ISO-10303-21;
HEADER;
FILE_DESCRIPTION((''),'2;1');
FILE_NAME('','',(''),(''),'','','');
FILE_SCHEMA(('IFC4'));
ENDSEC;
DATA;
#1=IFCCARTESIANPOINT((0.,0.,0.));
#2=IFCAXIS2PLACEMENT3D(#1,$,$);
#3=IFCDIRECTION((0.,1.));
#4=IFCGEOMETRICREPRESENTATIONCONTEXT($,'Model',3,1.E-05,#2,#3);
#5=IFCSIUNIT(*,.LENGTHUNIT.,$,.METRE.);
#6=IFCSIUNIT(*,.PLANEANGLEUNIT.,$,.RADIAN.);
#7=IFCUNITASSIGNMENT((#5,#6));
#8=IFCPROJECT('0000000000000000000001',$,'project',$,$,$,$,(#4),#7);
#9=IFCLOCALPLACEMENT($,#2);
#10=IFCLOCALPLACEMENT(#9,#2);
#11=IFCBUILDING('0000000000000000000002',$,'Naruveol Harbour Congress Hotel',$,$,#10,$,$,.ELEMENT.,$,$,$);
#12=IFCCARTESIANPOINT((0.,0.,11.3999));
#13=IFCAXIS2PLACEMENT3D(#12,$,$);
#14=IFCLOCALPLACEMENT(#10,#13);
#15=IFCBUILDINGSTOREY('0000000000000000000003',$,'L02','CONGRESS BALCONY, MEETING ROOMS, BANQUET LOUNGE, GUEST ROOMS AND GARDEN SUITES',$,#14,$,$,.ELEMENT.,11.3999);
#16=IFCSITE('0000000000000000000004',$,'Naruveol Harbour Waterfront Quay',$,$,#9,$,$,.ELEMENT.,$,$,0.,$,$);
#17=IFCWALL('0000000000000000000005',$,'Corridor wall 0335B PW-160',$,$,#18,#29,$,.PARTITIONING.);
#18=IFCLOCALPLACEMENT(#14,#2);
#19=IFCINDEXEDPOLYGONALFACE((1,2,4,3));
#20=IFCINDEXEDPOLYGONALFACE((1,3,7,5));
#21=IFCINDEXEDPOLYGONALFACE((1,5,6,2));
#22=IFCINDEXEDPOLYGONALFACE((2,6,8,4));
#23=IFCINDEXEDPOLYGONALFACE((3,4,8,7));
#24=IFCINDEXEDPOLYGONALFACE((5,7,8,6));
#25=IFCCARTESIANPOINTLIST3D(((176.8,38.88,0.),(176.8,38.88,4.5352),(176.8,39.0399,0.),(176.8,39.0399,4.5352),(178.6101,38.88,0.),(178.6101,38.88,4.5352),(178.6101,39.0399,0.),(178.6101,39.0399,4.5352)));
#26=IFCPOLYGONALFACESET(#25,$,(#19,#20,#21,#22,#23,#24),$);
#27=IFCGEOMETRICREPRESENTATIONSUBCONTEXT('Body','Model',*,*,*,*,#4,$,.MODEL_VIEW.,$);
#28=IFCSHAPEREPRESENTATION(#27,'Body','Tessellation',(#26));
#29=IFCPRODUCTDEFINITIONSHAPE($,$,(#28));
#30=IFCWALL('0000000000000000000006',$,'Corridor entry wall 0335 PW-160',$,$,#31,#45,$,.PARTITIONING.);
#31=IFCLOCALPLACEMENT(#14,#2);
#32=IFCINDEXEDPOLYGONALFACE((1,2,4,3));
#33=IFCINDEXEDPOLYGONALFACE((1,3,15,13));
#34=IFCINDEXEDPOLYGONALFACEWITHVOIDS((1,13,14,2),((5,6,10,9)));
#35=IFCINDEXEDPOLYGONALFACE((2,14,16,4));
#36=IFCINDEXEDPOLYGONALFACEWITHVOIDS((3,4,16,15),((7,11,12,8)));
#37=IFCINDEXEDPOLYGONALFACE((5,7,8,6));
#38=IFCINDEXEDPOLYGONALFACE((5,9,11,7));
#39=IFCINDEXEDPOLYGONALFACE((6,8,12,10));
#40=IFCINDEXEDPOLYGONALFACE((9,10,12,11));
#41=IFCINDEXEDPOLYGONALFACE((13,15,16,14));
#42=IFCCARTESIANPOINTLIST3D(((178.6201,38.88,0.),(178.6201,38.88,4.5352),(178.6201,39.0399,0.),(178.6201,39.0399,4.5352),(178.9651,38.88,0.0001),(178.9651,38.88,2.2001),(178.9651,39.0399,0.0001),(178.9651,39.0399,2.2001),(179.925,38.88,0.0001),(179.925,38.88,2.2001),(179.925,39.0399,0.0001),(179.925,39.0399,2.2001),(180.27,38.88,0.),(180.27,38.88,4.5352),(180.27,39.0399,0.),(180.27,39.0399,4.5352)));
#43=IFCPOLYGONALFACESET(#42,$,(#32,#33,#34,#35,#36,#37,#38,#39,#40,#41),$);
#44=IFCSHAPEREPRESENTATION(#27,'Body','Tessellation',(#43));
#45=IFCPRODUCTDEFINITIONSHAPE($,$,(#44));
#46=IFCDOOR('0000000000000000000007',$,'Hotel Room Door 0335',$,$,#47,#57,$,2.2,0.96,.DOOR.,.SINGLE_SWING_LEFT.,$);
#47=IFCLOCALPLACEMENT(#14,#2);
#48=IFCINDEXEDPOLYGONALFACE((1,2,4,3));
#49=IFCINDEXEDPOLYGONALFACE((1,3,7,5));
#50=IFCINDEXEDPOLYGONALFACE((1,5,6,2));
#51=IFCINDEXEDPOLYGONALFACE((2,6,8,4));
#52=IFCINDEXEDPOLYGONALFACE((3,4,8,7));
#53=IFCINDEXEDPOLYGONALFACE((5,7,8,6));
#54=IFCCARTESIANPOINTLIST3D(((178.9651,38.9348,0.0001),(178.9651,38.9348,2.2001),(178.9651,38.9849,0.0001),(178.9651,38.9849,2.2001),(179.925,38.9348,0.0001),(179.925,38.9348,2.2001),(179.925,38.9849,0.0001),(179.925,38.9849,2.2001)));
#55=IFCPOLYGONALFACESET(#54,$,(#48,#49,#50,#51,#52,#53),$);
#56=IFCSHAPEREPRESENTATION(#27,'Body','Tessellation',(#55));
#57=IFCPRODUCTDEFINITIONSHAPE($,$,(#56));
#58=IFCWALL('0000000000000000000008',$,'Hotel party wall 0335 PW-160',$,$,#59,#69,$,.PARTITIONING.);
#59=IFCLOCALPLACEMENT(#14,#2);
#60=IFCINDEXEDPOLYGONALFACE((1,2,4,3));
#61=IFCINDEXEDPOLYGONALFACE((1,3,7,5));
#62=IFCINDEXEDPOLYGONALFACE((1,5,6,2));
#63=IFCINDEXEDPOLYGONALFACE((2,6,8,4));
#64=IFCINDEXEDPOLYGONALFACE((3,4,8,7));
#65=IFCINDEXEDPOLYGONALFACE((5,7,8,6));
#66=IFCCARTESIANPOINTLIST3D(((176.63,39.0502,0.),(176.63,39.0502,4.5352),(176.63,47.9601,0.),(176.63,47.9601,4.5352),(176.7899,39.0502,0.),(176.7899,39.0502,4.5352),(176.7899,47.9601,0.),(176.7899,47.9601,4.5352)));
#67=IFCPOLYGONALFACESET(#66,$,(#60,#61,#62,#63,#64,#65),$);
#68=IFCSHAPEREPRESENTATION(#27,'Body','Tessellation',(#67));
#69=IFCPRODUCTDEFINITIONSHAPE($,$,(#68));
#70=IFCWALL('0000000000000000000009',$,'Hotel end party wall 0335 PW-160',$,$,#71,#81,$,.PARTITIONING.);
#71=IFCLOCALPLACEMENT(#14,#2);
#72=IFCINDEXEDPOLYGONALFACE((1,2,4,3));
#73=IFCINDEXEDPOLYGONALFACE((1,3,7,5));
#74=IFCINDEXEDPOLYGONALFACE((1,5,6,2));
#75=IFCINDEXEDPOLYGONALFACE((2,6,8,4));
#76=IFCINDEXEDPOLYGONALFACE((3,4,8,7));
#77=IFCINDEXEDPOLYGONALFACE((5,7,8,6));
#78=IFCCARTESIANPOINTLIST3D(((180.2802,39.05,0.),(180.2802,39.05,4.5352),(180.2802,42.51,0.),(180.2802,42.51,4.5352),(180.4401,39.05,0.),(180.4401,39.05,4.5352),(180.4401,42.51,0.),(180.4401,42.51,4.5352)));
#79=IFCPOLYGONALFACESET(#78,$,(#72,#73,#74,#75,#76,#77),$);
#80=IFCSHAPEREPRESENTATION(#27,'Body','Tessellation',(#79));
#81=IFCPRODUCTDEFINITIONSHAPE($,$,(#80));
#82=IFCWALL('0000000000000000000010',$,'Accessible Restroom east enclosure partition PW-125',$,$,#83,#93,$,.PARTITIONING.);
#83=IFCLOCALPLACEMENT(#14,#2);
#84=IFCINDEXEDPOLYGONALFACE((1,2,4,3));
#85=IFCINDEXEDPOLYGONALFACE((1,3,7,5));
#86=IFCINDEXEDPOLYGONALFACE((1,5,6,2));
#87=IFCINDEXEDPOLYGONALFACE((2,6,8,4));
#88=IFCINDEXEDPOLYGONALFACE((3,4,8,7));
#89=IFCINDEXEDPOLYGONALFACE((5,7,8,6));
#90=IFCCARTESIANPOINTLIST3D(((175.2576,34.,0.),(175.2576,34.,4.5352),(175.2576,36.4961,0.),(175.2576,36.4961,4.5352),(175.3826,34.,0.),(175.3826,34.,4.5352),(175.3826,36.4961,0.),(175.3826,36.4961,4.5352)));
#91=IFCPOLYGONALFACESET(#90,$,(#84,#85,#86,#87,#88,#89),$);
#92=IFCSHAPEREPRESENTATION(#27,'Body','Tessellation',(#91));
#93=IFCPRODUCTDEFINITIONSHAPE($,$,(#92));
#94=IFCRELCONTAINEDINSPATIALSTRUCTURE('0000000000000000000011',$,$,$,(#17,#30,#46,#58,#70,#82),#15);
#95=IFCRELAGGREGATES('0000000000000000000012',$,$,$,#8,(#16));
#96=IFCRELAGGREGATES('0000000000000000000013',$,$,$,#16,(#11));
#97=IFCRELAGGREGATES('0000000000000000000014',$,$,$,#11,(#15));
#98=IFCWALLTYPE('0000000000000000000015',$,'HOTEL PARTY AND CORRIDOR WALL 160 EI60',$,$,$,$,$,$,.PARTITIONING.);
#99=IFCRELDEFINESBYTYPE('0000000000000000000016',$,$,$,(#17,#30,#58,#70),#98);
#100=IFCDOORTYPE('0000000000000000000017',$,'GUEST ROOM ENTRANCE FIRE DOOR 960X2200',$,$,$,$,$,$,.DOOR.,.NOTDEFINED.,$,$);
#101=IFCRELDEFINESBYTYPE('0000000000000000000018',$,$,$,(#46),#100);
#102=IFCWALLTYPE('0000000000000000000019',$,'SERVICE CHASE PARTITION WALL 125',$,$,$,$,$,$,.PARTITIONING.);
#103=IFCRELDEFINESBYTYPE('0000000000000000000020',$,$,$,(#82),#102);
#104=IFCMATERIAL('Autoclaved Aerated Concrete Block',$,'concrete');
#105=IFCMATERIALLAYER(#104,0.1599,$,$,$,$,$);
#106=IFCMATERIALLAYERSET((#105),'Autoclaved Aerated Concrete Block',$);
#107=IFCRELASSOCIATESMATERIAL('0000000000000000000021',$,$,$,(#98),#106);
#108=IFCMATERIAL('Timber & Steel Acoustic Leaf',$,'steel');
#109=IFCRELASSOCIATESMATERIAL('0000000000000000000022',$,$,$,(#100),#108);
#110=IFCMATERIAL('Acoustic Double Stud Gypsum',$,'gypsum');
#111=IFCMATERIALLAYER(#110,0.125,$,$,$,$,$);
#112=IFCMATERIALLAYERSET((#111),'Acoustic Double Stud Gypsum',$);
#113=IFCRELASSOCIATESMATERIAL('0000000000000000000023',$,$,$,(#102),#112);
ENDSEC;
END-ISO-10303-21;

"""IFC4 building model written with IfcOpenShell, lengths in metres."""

from ifc_helpers import new_model, si_unit, direction, frame, frame_2d, origin, place, context, subcontext, project, spatial, rectangle, extrude, material, layer, layer_set, type_object, element, fill, save


model = new_model("IFC4")

# Units and contexts
model_context = context("Model", 3, precision=1e-05, world=origin(), true_north=direction((0.0, 1.0)))
body_context = subcontext(model_context, "Body", "Model", "MODEL_VIEW")
ifc_project = project(units=[si_unit("LENGTHUNIT", "METRE"), si_unit("PLANEANGLEUNIT", "RADIAN")], contexts=[model_context])

# Site, building, storey
site_placement = place(None, origin())
site = spatial("IfcSite", under=ifc_project, at=site_placement, Name="Naruveol Harbour Waterfront Quay", CompositionType="ELEMENT", RefElevation=0.0)
building_placement = place(site_placement, origin())
building = spatial("IfcBuilding", under=site, at=building_placement, Name="Naruveol Harbour Congress Hotel", CompositionType="ELEMENT")
storey_placement = place(building_placement, frame((0.0, 0.0, 11.3999)))
storey = spatial("IfcBuildingStorey", under=building, at=storey_placement, Name="L02", Description="CONGRESS BALCONY, MEETING ROOMS, BANQUET LOUNGE, GUEST ROOMS AND GARDEN SUITES", CompositionType="ELEMENT", Elevation=11.3999)

# Shared definitions
ifc_material_1 = material(Name="Autoclaved Aerated Concrete Block", Category="concrete")
ifc_layer_1 = layer(ifc_material_1, 0.1599)
ifc_layer_set_1 = layer_set([ifc_layer_1], Name="Autoclaved Aerated Concrete Block")
wall_type_1 = type_object("IfcWallType", Name="HOTEL PARTY AND CORRIDOR WALL 160 EI60", PredefinedType="PARTITIONING", material=ifc_layer_set_1)
ifc_material_2 = material(Name="Timber & Steel Acoustic Leaf", Category="steel")
door_type_1 = type_object("IfcDoorType", Name="GUEST ROOM ENTRANCE FIRE DOOR 960X2200", OperationType="NOTDEFINED", PredefinedType="DOOR", material=ifc_material_2)

# Wall
for number, where, z_axis, x_axis, name in (
    (1, (176.8, 38.96, 0.0), (0.0, 0.0, 1.0), (1.0, 0.0, 0.0), "Corridor wall 0335B PW-160"),
):
    element("IfcWall", number, at=place(storey_placement, frame(where, z_axis=z_axis, x_axis=x_axis)), inside=storey, type_object=wall_type_1, Name=name, PredefinedType="PARTITIONING", context=body_context, shape_type="SweptSolid", body=[
        extrude(rectangle(XDim=1.8101, YDim=0.1599, at=frame_2d((0.905, 0.0))), origin(), (0.0, 0.0, 1.0), 4.5352),
    ])

# Wall, opening, door
wall_1_placement = place(storey_placement, frame((178.6201, 38.96, 0.0), z_axis=(0.0, 0.0, 1.0), x_axis=(1.0, 0.0, 0.0)))
wall_1 = element("IfcWall", 2, at=wall_1_placement, inside=storey, type_object=wall_type_1, Name="Corridor entry wall 0335 PW-160", PredefinedType="PARTITIONING", context=body_context, shape_type="SweptSolid", body=[
    extrude(rectangle(XDim=1.6499, YDim=0.1599, at=frame_2d((0.825, 0.0))), origin(), (0.0, 0.0, 1.0), 4.5352),
])
opening_1_placement = place(wall_1_placement, frame((0.345, 0.0, 0.0)))
opening_1 = element("IfcOpeningElement", 3, at=opening_1_placement, cuts=wall_1, PredefinedType="OPENING", context=body_context, shape_type="SweptSolid", body=[
    extrude(rectangle(XDim=0.96, YDim=2.2, at=frame_2d((0.48, 1.1001))), frame((0.0, 0.0898, 0.0), z_axis=(0.0, -1.0, 0.0), x_axis=(1.0, 0.0, 0.0)), (0.0, 0.0, 1.0), 0.1799),
])
door_1_placement = place(opening_1_placement, origin())
door_1 = element("IfcDoor", 4, at=door_1_placement, inside=storey, type_object=door_type_1, Name="Hotel Room Door 0335", OperationType="SINGLE_SWING_LEFT", OverallHeight=2.2, OverallWidth=0.96, PredefinedType="DOOR", context=body_context, shape_type="SweptSolid", body=[
    extrude(rectangle(XDim=0.96, YDim=2.2, at=frame_2d((0.48, 1.1001))), frame((0.0, 0.0249, 0.0), z_axis=(0.0, -1.0, 0.0), x_axis=(1.0, 0.0, 0.0)), (0.0, 0.0, 1.0), 0.05),
])
fill(opening_1, door_1)

# Walls
wall_2_placement = place(storey_placement, frame((176.71, 39.05, 0.0), z_axis=(0.0, 0.0, 1.0), x_axis=(0.0, 1.0, 0.0)))
element("IfcWall", 5, at=wall_2_placement, inside=storey, type_object=wall_type_1, Name="Hotel party wall 0335 PW-160", PredefinedType="PARTITIONING", context=body_context, shape_type="SweptSolid", body=[
    extrude(rectangle(XDim=8.9099, YDim=0.1599, at=frame_2d((4.4551, 0.0))), origin(), (0.0, 0.0, 1.0), 4.5352),
])
wall_3_placement = place(storey_placement, frame((180.3601, 39.05, 0.0), z_axis=(0.0, 0.0, 1.0), x_axis=(0.0, 1.0, 0.0)))
element("IfcWall", 6, at=wall_3_placement, inside=storey, type_object=wall_type_1, Name="Hotel end party wall 0335 PW-160", PredefinedType="PARTITIONING", context=body_context, shape_type="SweptSolid", body=[
    extrude(rectangle(XDim=3.46, YDim=0.1599, at=frame_2d((1.73, 0.0))), origin(), (0.0, 0.0, 1.0), 4.5352),
])
ifc_material_3 = material(Name="Acoustic Double Stud Gypsum", Category="gypsum")
ifc_layer_2 = layer(ifc_material_3, 0.125)
ifc_layer_set_2 = layer_set([ifc_layer_2], Name="Acoustic Double Stud Gypsum")
wall_type_2 = type_object("IfcWallType", Name="SERVICE CHASE PARTITION WALL 125", PredefinedType="PARTITIONING", material=ifc_layer_set_2)
wall_4_placement = place(storey_placement, frame((175.3201, 34.0, 0.0), z_axis=(0.0, 0.0, 1.0), x_axis=(0.0, 1.0, 0.0)))
element("IfcWall", 7, at=wall_4_placement, inside=storey, type_object=wall_type_2, Name="Accessible Restroom east enclosure partition PW-125", PredefinedType="PARTITIONING", context=body_context, shape_type="SweptSolid", body=[
    extrude(rectangle(XDim=2.4961, YDim=0.125, at=frame_2d((1.248, 0.0))), origin(), (0.0, 0.0, 1.0), 4.5352),
])

save(model, "model.ifc")
